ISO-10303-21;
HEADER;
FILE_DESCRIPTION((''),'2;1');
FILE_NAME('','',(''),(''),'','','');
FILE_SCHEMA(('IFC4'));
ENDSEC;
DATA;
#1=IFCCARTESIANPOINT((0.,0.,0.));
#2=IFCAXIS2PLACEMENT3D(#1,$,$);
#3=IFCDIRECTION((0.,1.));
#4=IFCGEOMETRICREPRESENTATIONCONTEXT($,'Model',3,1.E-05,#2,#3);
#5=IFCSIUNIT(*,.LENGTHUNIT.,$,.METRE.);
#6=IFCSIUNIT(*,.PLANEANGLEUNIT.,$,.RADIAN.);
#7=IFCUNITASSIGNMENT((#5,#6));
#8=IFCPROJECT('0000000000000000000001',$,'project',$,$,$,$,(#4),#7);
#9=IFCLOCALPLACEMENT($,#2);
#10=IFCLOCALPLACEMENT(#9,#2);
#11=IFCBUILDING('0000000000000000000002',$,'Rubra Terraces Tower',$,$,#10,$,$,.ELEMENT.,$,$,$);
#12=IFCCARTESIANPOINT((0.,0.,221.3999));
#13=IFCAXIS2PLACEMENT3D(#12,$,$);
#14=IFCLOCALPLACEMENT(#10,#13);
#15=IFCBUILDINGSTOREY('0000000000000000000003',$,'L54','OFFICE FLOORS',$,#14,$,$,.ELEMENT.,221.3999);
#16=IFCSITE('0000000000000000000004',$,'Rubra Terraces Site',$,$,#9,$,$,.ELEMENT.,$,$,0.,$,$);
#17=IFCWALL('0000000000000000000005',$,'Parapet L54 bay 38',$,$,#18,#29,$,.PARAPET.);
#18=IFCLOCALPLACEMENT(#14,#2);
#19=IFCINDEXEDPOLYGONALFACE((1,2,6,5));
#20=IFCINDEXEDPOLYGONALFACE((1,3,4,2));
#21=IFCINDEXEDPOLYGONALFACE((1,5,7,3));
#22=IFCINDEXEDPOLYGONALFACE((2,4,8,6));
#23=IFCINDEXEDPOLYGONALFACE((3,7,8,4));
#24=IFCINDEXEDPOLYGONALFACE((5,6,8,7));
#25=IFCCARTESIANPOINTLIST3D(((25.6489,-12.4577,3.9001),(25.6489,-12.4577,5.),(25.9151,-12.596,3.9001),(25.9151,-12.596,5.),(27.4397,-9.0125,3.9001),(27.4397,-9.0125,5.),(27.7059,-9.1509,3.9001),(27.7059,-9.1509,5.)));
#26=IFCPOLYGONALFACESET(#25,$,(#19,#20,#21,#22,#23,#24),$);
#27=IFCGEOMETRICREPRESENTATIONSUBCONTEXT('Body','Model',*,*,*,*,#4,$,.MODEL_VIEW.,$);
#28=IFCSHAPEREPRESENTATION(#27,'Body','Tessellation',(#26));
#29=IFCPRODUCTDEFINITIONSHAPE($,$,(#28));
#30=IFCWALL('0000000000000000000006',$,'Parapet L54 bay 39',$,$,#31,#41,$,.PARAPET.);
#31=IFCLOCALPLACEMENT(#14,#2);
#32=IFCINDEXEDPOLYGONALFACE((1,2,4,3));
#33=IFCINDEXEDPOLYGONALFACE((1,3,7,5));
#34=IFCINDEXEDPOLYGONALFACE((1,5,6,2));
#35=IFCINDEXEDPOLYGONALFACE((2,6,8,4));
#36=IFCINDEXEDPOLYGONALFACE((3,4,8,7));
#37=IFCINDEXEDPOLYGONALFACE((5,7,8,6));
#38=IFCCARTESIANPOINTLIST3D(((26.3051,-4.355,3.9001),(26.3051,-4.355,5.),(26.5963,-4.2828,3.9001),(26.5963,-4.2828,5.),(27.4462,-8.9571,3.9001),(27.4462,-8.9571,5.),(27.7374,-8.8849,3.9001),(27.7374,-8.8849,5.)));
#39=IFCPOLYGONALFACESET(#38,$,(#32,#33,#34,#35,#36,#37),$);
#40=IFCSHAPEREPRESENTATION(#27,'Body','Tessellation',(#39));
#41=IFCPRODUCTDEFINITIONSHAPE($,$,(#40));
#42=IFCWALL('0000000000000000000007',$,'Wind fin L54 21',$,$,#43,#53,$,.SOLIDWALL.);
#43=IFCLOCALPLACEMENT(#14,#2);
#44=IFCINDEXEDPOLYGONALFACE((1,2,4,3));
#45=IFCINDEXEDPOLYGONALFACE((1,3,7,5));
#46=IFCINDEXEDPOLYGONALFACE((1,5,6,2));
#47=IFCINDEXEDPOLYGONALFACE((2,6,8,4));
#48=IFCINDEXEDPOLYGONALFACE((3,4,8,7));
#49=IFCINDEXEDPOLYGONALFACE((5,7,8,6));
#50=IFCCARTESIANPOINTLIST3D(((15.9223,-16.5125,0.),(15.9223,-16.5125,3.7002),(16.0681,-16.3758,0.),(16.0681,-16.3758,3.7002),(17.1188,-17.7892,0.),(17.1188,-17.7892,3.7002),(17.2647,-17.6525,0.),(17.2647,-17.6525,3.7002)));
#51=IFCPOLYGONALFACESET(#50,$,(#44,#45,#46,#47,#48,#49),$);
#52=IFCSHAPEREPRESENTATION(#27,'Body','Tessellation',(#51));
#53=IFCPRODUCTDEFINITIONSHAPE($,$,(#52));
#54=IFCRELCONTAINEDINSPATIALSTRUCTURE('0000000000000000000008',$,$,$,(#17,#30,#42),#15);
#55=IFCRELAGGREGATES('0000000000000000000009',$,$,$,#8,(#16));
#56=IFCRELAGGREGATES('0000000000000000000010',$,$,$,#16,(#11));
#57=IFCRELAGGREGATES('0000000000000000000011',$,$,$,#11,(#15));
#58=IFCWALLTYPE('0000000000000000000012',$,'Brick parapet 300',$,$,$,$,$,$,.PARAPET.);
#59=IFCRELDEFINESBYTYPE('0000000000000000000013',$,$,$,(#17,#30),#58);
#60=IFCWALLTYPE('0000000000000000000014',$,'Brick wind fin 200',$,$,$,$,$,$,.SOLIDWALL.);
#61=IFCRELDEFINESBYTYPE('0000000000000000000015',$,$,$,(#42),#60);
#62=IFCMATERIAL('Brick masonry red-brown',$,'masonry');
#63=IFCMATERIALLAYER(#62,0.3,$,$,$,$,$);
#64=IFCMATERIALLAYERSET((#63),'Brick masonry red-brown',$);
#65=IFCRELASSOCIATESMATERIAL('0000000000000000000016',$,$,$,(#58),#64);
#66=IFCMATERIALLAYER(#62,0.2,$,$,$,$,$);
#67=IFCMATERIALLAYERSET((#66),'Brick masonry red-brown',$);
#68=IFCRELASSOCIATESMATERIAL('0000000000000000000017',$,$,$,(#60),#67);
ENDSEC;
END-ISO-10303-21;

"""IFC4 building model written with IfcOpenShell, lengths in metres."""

from ifc_helpers import new_model, si_unit, direction, frame, frame_2d, origin, place, context, subcontext, project, spatial, rectangle, extrude, material, layer, layer_set, type_object, element, save


model = new_model("IFC4")

# Units and contexts
model_context = context("Model", 3, precision=1e-05, world=origin(), true_north=direction((0.0, 1.0)))
body_context = subcontext(model_context, "Body", "Model", "MODEL_VIEW")
ifc_project = project(units=[si_unit("LENGTHUNIT", "METRE"), si_unit("PLANEANGLEUNIT", "RADIAN")], contexts=[model_context])

# Site, building, storey
site_placement = place(None, origin())
site = spatial("IfcSite", under=ifc_project, at=site_placement, Name="Rubra Terraces Site", CompositionType="ELEMENT", RefElevation=0.0)
building_placement = place(site_placement, origin())
building = spatial("IfcBuilding", under=site, at=building_placement, Name="Rubra Terraces Tower", CompositionType="ELEMENT")
storey_placement = place(building_placement, frame((0.0, 0.0, 221.3999)))
storey = spatial("IfcBuildingStorey", under=building, at=storey_placement, Name="L54", Description="OFFICE FLOORS", CompositionType="ELEMENT", Elevation=221.3999)

# Shared definitions
ifc_material_1 = material(Name="Brick masonry red-brown", Category="masonry")

# Walls
ifc_layer_1 = layer(ifc_material_1, 0.3)
ifc_layer_set_1 = layer_set([ifc_layer_1], Name="Brick masonry red-brown")
wall_type_1 = type_object("IfcWallType", Name="Brick parapet 300", PredefinedType="PARAPET", material=ifc_layer_set_1)
wall_1_placement = place(storey_placement, frame((25.782, -12.5269, 3.9001), z_axis=(0.0, 0.0, 1.0), x_axis=(0.461218, 0.887287, 0.0)))
element("IfcWall", 1, at=wall_1_placement, inside=storey, type_object=wall_type_1, Name="Parapet L54 bay 38", PredefinedType="PARAPET", context=body_context, shape_type="SweptSolid", body=[
    extrude(rectangle(XDim=3.8828, YDim=0.3, at=frame_2d((1.9414, 0.0))), origin(), (0.0, 0.0, 1.0), 1.0999),
])
wall_2_placement = place(storey_placement, frame((27.5918, -8.9209, 3.9001), z_axis=(0.0, 0.0, 1.0), x_axis=(-0.240669, 0.970607, 0.0)))
element("IfcWall", 2, at=wall_2_placement, inside=storey, type_object=wall_type_1, Name="Parapet L54 bay 39", PredefinedType="PARAPET", context=body_context, shape_type="SweptSolid", body=[
    extrude(rectangle(XDim=4.7415, YDim=0.3, at=frame_2d((2.3706, 0.0))), origin(), (0.0, 0.0, 1.0), 1.0999),
])
ifc_layer_2 = layer(ifc_material_1, 0.2)
ifc_layer_set_2 = layer_set([ifc_layer_2], Name="Brick masonry red-brown")
wall_type_2 = type_object("IfcWallType", Name="Brick wind fin 200", PredefinedType="SOLIDWALL", material=ifc_layer_set_2)
wall_3_placement = place(storey_placement, frame((15.9951, -16.4441, 0.0), z_axis=(0.0, 0.0, 1.0), x_axis=(0.683853, -0.72962, 0.0)))
element("IfcWall", 3, at=wall_3_placement, inside=storey, type_object=wall_type_2, Name="Wind fin L54 21", PredefinedType="SOLIDWALL", context=body_context, shape_type="SweptSolid", body=[
    extrude(rectangle(XDim=1.7498, YDim=0.2, at=frame_2d((0.875, 0.0))), origin(), (0.0, 0.0, 1.0), 3.7002),
])

save(model, "model.ifc")
